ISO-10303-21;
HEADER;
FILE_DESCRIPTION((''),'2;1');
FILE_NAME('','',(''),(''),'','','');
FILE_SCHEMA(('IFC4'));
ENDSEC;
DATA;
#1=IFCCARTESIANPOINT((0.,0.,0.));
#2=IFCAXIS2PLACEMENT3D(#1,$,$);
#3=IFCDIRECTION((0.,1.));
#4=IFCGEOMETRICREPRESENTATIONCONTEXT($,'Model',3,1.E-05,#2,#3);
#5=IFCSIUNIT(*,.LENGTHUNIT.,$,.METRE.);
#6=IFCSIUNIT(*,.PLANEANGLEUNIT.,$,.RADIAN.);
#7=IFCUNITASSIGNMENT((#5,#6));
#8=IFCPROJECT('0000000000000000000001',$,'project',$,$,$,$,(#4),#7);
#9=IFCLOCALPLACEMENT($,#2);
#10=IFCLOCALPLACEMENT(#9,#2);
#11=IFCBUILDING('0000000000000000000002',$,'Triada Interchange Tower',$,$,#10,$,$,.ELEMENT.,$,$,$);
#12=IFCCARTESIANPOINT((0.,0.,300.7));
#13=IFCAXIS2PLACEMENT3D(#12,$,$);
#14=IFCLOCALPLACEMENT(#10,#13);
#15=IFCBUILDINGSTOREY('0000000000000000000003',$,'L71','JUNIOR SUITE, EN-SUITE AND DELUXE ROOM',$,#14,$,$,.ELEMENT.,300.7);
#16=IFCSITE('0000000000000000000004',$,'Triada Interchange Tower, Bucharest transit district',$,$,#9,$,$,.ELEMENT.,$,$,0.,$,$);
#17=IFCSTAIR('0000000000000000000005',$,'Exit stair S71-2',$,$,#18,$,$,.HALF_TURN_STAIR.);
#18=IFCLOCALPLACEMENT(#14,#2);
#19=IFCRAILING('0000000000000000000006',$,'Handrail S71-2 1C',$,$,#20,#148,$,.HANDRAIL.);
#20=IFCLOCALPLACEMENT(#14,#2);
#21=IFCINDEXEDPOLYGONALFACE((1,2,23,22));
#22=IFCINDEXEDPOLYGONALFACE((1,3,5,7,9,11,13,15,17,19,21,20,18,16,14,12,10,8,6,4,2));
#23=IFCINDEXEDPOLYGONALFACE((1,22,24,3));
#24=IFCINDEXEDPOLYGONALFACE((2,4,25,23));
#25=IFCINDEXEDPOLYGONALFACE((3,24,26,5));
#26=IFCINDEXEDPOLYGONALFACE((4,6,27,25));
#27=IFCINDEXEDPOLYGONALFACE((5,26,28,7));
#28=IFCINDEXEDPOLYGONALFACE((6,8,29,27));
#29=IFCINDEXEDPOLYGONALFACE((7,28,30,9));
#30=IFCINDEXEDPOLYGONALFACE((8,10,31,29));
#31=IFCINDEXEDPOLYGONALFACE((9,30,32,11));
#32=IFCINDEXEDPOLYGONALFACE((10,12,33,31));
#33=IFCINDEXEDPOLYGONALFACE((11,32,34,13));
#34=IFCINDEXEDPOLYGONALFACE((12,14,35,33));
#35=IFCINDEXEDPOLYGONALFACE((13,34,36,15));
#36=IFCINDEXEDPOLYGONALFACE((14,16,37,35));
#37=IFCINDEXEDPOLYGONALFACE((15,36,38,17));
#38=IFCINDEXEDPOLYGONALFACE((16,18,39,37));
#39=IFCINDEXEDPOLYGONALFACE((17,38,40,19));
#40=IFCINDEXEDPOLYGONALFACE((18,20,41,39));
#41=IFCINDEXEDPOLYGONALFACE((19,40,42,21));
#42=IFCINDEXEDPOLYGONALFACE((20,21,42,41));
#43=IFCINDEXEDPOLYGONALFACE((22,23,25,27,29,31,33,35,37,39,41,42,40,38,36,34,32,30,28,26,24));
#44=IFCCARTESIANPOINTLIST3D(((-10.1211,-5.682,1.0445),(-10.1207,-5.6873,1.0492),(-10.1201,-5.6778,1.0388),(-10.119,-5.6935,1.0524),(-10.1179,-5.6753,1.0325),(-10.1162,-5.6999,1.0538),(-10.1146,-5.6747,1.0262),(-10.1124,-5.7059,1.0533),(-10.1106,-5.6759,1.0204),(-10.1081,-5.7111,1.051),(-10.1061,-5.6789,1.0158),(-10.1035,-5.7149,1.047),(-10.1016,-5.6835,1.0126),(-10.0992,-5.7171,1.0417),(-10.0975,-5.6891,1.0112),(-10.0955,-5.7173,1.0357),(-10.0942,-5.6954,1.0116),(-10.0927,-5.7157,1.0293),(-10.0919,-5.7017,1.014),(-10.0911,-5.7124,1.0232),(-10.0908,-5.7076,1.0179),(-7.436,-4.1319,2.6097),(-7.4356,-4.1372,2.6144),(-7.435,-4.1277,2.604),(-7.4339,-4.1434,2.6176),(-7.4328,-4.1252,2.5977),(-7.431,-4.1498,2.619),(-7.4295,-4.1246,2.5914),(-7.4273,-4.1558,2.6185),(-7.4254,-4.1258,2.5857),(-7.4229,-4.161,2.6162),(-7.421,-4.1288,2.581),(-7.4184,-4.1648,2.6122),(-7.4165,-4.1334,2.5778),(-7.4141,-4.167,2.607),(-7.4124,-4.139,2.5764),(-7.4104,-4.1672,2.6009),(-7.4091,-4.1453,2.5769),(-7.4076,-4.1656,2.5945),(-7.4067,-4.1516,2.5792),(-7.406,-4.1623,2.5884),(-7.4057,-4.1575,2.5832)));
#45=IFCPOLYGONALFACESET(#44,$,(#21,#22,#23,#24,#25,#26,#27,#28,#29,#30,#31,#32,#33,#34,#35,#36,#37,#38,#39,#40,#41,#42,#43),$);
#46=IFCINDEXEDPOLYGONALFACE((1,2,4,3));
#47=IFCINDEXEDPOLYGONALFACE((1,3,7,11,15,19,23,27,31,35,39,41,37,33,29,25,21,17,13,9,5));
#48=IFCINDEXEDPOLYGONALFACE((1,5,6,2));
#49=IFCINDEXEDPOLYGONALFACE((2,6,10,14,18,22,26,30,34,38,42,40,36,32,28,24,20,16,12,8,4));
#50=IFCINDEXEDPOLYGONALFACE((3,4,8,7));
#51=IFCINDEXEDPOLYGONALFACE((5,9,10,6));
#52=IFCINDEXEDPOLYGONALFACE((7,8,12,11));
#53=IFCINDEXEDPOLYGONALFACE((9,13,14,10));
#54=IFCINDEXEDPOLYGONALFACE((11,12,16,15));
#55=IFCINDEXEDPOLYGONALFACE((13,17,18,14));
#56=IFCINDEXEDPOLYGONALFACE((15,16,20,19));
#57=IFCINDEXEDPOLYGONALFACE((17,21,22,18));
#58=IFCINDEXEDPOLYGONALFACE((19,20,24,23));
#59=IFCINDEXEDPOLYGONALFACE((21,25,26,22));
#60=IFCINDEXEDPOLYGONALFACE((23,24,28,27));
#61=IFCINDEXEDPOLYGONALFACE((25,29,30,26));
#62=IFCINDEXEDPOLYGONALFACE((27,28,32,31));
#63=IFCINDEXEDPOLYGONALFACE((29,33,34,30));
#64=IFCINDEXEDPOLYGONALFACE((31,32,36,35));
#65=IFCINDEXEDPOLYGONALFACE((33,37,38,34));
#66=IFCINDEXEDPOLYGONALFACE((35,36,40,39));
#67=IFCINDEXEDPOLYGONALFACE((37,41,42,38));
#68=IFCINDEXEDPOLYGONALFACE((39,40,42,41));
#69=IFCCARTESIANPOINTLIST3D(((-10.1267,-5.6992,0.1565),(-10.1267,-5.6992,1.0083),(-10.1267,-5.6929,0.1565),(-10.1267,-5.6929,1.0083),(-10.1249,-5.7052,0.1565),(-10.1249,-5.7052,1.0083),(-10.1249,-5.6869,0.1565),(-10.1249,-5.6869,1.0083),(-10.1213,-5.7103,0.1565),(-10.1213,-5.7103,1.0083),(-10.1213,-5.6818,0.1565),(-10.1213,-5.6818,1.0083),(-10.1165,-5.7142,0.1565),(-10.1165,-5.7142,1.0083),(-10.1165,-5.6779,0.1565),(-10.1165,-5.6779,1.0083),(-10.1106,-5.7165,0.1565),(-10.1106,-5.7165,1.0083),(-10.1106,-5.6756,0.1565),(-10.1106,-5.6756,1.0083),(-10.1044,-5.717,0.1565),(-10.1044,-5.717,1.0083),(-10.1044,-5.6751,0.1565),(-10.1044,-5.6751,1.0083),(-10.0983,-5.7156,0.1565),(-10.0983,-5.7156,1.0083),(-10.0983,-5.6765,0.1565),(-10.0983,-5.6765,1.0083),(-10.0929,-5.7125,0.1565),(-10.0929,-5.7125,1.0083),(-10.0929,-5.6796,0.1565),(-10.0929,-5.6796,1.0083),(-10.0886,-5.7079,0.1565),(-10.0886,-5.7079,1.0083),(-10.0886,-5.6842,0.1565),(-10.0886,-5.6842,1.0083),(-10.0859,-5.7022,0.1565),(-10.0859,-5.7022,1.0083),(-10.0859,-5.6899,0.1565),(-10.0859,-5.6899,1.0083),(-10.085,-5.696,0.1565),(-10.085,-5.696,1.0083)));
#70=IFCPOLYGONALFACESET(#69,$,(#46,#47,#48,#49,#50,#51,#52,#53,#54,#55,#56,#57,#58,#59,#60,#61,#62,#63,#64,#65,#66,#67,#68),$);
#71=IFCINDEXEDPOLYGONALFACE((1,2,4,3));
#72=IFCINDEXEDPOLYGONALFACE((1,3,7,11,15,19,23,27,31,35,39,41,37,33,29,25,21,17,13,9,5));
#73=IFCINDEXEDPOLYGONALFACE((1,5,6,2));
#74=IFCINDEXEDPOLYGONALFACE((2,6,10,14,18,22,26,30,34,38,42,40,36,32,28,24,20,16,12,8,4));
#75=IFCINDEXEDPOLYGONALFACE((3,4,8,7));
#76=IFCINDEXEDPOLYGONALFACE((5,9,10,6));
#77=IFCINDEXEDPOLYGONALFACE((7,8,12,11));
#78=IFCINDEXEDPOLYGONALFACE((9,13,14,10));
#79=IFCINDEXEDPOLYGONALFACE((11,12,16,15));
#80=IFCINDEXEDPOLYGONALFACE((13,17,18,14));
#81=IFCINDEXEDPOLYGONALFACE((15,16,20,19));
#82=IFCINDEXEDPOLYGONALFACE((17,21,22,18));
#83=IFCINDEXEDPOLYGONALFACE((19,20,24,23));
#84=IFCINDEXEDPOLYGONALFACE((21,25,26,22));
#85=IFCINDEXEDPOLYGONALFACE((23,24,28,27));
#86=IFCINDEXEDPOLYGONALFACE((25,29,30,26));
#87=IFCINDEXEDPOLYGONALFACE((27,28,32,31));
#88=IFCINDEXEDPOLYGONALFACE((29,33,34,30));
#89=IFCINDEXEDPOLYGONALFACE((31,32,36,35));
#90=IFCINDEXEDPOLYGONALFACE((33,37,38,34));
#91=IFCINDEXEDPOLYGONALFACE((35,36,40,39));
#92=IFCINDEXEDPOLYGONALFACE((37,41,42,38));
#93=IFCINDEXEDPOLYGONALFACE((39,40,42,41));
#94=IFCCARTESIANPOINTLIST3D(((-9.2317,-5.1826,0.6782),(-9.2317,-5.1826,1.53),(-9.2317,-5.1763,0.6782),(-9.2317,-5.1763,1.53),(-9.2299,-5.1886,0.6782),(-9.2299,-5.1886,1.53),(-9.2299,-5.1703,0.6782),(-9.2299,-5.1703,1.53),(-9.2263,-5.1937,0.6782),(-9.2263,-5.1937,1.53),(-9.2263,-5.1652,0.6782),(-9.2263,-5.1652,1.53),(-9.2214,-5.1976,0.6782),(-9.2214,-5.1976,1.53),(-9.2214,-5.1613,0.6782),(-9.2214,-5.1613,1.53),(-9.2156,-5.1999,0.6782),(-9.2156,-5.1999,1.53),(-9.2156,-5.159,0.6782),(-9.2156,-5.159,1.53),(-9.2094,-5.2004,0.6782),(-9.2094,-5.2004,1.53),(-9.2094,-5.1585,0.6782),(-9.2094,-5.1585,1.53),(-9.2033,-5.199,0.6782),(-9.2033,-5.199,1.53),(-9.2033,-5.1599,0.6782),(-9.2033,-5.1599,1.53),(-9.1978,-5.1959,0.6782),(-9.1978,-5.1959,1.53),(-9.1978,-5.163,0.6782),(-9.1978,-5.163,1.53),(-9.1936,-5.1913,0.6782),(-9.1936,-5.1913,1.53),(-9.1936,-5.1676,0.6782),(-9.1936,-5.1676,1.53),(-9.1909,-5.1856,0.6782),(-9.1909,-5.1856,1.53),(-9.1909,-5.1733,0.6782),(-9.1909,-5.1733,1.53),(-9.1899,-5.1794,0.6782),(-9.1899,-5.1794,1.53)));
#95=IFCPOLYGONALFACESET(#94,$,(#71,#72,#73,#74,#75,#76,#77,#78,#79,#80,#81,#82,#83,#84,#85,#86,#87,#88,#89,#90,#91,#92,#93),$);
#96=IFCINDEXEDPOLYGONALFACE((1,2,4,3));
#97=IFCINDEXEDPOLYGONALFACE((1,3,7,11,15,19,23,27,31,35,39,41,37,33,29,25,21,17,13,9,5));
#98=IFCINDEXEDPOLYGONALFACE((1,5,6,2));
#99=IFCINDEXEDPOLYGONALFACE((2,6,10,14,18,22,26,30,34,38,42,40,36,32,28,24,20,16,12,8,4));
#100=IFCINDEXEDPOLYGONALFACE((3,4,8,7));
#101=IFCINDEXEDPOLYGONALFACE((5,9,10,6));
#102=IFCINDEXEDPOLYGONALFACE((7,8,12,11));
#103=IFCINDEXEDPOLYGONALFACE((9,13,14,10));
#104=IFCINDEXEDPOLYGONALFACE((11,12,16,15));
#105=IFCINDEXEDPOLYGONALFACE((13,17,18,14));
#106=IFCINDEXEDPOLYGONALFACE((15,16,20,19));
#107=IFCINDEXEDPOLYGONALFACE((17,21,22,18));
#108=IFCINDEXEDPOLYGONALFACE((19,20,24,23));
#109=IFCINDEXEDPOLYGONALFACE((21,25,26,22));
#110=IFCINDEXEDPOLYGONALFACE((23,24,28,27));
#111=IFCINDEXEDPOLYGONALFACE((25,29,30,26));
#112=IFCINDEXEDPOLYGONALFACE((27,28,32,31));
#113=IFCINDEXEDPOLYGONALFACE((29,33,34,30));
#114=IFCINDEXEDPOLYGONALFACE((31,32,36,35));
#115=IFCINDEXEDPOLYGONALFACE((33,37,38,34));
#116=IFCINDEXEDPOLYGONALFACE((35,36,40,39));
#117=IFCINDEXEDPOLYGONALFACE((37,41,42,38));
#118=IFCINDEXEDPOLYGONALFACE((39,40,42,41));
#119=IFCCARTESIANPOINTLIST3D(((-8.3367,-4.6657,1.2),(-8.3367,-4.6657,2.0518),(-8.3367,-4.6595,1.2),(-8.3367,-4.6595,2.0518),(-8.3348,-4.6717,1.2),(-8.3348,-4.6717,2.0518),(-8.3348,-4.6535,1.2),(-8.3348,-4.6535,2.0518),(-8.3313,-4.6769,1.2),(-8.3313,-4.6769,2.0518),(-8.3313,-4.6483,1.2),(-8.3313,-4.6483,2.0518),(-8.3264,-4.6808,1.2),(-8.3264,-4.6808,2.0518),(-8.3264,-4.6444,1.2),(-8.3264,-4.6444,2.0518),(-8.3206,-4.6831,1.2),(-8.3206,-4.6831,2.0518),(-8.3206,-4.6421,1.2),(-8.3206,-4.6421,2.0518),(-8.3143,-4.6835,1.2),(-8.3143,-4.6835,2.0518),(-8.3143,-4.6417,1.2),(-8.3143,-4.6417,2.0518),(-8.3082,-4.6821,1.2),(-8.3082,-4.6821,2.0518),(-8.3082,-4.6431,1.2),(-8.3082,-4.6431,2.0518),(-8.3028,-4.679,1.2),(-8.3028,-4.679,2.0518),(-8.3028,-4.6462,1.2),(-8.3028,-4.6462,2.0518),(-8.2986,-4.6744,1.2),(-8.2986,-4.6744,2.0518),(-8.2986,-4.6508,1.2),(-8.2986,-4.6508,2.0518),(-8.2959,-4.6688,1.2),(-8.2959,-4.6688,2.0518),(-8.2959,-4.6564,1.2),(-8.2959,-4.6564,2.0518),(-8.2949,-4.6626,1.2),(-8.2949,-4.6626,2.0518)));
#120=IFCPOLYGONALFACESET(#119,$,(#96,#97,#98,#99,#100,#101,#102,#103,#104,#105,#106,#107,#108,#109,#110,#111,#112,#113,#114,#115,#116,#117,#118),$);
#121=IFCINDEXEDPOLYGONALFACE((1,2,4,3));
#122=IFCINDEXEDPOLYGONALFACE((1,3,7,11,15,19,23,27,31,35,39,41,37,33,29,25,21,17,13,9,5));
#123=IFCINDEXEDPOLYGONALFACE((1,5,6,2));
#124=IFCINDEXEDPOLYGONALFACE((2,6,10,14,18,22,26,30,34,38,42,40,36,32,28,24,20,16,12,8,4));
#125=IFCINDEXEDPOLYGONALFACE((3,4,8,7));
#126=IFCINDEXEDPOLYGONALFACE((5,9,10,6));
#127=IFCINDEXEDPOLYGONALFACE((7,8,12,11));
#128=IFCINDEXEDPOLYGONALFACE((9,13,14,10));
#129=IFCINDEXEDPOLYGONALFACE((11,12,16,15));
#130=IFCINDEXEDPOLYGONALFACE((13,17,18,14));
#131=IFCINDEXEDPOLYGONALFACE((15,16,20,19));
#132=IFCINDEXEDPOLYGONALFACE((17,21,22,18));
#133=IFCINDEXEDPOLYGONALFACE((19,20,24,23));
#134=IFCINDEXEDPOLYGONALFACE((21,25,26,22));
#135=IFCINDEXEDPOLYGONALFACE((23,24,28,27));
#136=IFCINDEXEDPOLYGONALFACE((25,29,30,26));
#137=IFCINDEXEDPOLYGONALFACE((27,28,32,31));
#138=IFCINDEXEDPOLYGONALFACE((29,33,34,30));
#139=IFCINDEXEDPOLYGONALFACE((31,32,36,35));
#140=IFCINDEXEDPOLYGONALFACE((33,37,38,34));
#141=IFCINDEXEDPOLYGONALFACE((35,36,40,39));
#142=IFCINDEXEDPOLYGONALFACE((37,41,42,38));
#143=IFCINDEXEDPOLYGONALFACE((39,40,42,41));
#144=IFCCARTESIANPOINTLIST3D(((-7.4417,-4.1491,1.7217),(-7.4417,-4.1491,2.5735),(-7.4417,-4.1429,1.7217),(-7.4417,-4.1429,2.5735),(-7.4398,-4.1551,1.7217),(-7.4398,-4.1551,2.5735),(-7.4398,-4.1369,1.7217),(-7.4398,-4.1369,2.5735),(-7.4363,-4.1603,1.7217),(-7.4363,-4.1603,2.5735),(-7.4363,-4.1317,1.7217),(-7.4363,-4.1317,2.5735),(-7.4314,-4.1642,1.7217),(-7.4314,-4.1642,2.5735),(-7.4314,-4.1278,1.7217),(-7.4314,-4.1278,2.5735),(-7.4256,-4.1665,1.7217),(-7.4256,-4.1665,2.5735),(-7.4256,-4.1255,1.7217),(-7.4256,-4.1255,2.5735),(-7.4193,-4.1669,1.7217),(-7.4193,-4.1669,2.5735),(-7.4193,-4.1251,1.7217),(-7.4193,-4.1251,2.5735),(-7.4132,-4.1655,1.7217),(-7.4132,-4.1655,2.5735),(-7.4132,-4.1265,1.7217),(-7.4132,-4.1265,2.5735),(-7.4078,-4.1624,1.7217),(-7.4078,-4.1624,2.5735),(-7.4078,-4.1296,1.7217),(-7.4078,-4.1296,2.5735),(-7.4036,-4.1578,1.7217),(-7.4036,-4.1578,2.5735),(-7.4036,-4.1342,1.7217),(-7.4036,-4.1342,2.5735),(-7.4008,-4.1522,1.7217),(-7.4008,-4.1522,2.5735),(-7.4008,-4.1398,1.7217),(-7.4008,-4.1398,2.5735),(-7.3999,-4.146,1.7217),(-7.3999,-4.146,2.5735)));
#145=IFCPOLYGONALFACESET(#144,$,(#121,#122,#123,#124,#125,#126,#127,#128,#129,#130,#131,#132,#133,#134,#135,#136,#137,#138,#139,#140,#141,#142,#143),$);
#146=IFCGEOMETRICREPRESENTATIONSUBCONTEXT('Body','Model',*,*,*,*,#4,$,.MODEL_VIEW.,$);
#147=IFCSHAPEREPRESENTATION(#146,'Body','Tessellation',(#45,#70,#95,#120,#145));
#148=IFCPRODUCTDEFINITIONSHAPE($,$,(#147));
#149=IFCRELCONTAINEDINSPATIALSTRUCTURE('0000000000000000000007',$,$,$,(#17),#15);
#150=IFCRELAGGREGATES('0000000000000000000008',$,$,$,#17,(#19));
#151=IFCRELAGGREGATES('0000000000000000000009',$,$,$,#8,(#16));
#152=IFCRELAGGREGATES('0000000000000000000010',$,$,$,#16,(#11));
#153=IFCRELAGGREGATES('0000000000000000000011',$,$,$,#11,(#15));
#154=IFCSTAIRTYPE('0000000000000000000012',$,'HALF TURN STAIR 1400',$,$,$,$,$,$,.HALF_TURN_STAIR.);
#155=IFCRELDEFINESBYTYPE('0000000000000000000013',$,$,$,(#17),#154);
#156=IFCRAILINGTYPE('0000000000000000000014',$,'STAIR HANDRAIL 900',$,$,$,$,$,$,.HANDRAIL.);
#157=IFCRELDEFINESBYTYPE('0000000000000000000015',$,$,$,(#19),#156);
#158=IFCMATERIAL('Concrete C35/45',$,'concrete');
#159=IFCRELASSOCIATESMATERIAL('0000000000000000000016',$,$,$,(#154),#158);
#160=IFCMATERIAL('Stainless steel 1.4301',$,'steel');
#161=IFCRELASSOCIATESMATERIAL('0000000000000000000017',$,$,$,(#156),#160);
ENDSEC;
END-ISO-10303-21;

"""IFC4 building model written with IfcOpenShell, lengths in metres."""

from ifc_helpers import new_model, si_unit, direction, frame, origin, origin_2d, place, context, subcontext, project, spatial, circle, extrude, material, type_object, element, aggregate, save


model = new_model("IFC4")

# Units and contexts
model_context = context("Model", 3, precision=1e-05, world=origin(), true_north=direction((0.0, 1.0)))
body_context = subcontext(model_context, "Body", "Model", "MODEL_VIEW")
ifc_project = project(units=[si_unit("LENGTHUNIT", "METRE"), si_unit("PLANEANGLEUNIT", "RADIAN")], contexts=[model_context])

# Site, building, storey
site_placement = place(None, origin())
site = spatial("IfcSite", under=ifc_project, at=site_placement, Name="Triada Interchange Tower, Bucharest transit district", CompositionType="ELEMENT", RefElevation=0.0)
building_placement = place(site_placement, origin())
building = spatial("IfcBuilding", under=site, at=building_placement, Name="Triada Interchange Tower", CompositionType="ELEMENT")
storey_placement = place(building_placement, frame((0.0, 0.0, 300.7)))
storey = spatial("IfcBuildingStorey", under=building, at=storey_placement, Name="L71", Description="JUNIOR SUITE, EN-SUITE AND DELUXE ROOM", CompositionType="ELEMENT", Elevation=300.7)

# Stair, railing
ifc_material_1 = material(Name="Concrete C35/45", Category="concrete")
stair_type = type_object("IfcStairType", Name="HALF TURN STAIR 1400", PredefinedType="HALF_TURN_STAIR", material=ifc_material_1)
stair_placement = place(storey_placement, origin())
stair = element("IfcStair", 1, at=stair_placement, inside=storey, type_object=stair_type, Name="Exit stair S71-2", PredefinedType="HALF_TURN_STAIR")
ifc_material_2 = material(Name="Stainless steel 1.4301", Category="steel")
railing_type = type_object("IfcRailingType", Name="STAIR HANDRAIL 900", PredefinedType="HANDRAIL", material=ifc_material_2)
railing_1_placement = place(storey_placement, frame((-10.106, -5.696, 0.1565)))
railing_1 = element("IfcRailing", 2, at=railing_1_placement, type_object=railing_type, Name="Handrail S71-2 1C", PredefinedType="HANDRAIL", context=body_context, shape_type="SweptSolid", body=[
    extrude(circle(Radius=0.0239, at=origin_2d()), frame((0.0, 0.0, 0.876), z_axis=(0.773115, 0.446309, 0.450667), x_axis=(-0.499959, 0.866049, 0.0)), (0.0, 0.0, 1.0), 3.4731),
    extrude(circle(Radius=0.021, at=origin_2d()), origin(), (0.0, 0.0, 1.0), 0.8518),
    extrude(circle(Radius=0.021, at=origin_2d()), frame((0.895, 0.5166, 0.5217)), (0.0, 0.0, 1.0), 0.8518),
    extrude(circle(Radius=0.021, at=origin_2d()), frame((1.79, 1.0334, 1.0435)), (0.0, 0.0, 1.0), 0.8518),
    extrude(circle(Radius=0.021, at=origin_2d()), frame((2.6851, 1.55, 1.5652)), (0.0, 0.0, 1.0), 0.8518),
])
aggregate(stair, [railing_1])

save(model, "model.ifc")
